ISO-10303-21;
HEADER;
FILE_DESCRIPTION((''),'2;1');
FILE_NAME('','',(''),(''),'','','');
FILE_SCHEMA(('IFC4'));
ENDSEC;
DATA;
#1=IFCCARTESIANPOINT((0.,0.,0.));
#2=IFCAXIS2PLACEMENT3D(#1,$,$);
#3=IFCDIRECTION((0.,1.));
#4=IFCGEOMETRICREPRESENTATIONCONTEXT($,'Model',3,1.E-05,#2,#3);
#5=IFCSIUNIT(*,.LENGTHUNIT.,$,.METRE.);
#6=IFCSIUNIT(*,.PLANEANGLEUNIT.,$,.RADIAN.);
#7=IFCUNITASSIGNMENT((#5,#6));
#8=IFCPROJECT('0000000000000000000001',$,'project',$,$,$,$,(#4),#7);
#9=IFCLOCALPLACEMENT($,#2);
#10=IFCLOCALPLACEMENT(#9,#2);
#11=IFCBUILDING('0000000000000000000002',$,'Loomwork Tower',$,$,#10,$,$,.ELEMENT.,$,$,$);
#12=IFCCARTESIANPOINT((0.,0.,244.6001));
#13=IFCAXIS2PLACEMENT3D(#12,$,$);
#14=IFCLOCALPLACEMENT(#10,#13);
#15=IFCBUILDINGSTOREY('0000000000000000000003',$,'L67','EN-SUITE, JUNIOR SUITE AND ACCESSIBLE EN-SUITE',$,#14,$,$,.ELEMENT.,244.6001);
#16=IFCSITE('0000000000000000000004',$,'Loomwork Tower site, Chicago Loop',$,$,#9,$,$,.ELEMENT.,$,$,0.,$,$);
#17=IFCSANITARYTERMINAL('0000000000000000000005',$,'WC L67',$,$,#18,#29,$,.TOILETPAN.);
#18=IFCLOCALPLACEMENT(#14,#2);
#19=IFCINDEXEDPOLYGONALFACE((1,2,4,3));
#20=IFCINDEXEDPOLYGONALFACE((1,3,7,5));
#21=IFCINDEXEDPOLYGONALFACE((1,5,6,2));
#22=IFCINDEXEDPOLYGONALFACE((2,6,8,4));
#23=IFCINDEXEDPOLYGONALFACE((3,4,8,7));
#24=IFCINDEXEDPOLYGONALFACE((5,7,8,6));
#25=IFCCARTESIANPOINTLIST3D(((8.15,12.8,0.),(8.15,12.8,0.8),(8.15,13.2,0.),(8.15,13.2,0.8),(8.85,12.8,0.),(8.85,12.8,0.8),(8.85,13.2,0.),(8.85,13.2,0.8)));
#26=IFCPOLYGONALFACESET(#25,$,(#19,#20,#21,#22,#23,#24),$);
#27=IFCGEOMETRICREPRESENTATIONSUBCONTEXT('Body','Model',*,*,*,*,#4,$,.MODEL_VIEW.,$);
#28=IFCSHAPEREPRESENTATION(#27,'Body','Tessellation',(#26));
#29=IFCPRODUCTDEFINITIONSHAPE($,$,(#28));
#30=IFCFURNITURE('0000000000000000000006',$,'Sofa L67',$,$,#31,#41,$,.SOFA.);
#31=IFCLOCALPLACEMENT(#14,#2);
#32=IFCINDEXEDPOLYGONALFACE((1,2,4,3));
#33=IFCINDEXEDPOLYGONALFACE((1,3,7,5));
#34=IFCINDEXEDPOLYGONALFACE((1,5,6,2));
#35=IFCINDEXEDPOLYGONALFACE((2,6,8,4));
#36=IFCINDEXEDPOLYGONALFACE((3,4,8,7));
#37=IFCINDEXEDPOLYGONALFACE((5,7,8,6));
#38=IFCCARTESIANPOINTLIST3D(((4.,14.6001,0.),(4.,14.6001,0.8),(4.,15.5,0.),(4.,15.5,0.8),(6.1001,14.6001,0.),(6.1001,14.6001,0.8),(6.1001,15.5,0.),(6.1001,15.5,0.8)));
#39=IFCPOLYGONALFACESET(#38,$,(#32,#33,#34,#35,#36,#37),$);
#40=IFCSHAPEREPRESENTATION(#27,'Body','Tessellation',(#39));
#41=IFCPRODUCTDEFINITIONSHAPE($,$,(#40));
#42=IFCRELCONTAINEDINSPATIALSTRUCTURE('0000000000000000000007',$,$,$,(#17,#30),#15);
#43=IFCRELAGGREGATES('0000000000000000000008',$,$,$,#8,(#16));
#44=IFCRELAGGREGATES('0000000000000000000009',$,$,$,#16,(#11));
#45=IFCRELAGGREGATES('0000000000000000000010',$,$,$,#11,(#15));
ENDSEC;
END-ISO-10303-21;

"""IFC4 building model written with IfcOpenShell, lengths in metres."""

from ifc_helpers import new_model, si_unit, direction, frame, origin, origin_2d, place, context, subcontext, project, spatial, rectangle, extrude, element, save


model = new_model("IFC4")

# Units and contexts
model_context = context("Model", 3, precision=1e-05, world=origin(), true_north=direction((0.0, 1.0)))
body_context = subcontext(model_context, "Body", "Model", "MODEL_VIEW")
ifc_project = project(units=[si_unit("LENGTHUNIT", "METRE"), si_unit("PLANEANGLEUNIT", "RADIAN")], contexts=[model_context])

# Site, building, storey
site_placement = place(None, origin())
site = spatial("IfcSite", under=ifc_project, at=site_placement, Name="Loomwork Tower site, Chicago Loop", CompositionType="ELEMENT", RefElevation=0.0)
building_placement = place(site_placement, origin())
building = spatial("IfcBuilding", under=site, at=building_placement, Name="Loomwork Tower", CompositionType="ELEMENT")
storey_placement = place(building_placement, frame((0.0, 0.0, 244.6001)))
storey = spatial("IfcBuildingStorey", under=building, at=storey_placement, Name="L67", Description="EN-SUITE, JUNIOR SUITE AND ACCESSIBLE EN-SUITE", CompositionType="ELEMENT", Elevation=244.6001)

# Sanitary terminal
sanitary_terminal_1_placement = place(storey_placement, frame((8.5, 13.0, 0.0), z_axis=(0.0, 0.0, 1.0), x_axis=(1.0, 0.0, 0.0)))
element("IfcSanitaryTerminal", 1, at=sanitary_terminal_1_placement, inside=storey, Name="WC L67", PredefinedType="TOILETPAN", context=body_context, shape_type="SweptSolid", body=[
    extrude(rectangle(XDim=0.7, YDim=0.3999, at=origin_2d()), origin(), (0.0, 0.0, 1.0), 0.8),
])

# Furniture
furniture_placement = place(storey_placement, frame((5.05, 15.05, 0.0), z_axis=(0.0, 0.0, 1.0), x_axis=(1.0, 0.0, 0.0)))
element("IfcFurniture", 2, at=furniture_placement, inside=storey, Name="Sofa L67", PredefinedType="SOFA", context=body_context, shape_type="SweptSolid", body=[
    extrude(rectangle(XDim=2.1001, YDim=0.8999, at=origin_2d()), origin(), (0.0, 0.0, 1.0), 0.8),
])

save(model, "model.ifc")
